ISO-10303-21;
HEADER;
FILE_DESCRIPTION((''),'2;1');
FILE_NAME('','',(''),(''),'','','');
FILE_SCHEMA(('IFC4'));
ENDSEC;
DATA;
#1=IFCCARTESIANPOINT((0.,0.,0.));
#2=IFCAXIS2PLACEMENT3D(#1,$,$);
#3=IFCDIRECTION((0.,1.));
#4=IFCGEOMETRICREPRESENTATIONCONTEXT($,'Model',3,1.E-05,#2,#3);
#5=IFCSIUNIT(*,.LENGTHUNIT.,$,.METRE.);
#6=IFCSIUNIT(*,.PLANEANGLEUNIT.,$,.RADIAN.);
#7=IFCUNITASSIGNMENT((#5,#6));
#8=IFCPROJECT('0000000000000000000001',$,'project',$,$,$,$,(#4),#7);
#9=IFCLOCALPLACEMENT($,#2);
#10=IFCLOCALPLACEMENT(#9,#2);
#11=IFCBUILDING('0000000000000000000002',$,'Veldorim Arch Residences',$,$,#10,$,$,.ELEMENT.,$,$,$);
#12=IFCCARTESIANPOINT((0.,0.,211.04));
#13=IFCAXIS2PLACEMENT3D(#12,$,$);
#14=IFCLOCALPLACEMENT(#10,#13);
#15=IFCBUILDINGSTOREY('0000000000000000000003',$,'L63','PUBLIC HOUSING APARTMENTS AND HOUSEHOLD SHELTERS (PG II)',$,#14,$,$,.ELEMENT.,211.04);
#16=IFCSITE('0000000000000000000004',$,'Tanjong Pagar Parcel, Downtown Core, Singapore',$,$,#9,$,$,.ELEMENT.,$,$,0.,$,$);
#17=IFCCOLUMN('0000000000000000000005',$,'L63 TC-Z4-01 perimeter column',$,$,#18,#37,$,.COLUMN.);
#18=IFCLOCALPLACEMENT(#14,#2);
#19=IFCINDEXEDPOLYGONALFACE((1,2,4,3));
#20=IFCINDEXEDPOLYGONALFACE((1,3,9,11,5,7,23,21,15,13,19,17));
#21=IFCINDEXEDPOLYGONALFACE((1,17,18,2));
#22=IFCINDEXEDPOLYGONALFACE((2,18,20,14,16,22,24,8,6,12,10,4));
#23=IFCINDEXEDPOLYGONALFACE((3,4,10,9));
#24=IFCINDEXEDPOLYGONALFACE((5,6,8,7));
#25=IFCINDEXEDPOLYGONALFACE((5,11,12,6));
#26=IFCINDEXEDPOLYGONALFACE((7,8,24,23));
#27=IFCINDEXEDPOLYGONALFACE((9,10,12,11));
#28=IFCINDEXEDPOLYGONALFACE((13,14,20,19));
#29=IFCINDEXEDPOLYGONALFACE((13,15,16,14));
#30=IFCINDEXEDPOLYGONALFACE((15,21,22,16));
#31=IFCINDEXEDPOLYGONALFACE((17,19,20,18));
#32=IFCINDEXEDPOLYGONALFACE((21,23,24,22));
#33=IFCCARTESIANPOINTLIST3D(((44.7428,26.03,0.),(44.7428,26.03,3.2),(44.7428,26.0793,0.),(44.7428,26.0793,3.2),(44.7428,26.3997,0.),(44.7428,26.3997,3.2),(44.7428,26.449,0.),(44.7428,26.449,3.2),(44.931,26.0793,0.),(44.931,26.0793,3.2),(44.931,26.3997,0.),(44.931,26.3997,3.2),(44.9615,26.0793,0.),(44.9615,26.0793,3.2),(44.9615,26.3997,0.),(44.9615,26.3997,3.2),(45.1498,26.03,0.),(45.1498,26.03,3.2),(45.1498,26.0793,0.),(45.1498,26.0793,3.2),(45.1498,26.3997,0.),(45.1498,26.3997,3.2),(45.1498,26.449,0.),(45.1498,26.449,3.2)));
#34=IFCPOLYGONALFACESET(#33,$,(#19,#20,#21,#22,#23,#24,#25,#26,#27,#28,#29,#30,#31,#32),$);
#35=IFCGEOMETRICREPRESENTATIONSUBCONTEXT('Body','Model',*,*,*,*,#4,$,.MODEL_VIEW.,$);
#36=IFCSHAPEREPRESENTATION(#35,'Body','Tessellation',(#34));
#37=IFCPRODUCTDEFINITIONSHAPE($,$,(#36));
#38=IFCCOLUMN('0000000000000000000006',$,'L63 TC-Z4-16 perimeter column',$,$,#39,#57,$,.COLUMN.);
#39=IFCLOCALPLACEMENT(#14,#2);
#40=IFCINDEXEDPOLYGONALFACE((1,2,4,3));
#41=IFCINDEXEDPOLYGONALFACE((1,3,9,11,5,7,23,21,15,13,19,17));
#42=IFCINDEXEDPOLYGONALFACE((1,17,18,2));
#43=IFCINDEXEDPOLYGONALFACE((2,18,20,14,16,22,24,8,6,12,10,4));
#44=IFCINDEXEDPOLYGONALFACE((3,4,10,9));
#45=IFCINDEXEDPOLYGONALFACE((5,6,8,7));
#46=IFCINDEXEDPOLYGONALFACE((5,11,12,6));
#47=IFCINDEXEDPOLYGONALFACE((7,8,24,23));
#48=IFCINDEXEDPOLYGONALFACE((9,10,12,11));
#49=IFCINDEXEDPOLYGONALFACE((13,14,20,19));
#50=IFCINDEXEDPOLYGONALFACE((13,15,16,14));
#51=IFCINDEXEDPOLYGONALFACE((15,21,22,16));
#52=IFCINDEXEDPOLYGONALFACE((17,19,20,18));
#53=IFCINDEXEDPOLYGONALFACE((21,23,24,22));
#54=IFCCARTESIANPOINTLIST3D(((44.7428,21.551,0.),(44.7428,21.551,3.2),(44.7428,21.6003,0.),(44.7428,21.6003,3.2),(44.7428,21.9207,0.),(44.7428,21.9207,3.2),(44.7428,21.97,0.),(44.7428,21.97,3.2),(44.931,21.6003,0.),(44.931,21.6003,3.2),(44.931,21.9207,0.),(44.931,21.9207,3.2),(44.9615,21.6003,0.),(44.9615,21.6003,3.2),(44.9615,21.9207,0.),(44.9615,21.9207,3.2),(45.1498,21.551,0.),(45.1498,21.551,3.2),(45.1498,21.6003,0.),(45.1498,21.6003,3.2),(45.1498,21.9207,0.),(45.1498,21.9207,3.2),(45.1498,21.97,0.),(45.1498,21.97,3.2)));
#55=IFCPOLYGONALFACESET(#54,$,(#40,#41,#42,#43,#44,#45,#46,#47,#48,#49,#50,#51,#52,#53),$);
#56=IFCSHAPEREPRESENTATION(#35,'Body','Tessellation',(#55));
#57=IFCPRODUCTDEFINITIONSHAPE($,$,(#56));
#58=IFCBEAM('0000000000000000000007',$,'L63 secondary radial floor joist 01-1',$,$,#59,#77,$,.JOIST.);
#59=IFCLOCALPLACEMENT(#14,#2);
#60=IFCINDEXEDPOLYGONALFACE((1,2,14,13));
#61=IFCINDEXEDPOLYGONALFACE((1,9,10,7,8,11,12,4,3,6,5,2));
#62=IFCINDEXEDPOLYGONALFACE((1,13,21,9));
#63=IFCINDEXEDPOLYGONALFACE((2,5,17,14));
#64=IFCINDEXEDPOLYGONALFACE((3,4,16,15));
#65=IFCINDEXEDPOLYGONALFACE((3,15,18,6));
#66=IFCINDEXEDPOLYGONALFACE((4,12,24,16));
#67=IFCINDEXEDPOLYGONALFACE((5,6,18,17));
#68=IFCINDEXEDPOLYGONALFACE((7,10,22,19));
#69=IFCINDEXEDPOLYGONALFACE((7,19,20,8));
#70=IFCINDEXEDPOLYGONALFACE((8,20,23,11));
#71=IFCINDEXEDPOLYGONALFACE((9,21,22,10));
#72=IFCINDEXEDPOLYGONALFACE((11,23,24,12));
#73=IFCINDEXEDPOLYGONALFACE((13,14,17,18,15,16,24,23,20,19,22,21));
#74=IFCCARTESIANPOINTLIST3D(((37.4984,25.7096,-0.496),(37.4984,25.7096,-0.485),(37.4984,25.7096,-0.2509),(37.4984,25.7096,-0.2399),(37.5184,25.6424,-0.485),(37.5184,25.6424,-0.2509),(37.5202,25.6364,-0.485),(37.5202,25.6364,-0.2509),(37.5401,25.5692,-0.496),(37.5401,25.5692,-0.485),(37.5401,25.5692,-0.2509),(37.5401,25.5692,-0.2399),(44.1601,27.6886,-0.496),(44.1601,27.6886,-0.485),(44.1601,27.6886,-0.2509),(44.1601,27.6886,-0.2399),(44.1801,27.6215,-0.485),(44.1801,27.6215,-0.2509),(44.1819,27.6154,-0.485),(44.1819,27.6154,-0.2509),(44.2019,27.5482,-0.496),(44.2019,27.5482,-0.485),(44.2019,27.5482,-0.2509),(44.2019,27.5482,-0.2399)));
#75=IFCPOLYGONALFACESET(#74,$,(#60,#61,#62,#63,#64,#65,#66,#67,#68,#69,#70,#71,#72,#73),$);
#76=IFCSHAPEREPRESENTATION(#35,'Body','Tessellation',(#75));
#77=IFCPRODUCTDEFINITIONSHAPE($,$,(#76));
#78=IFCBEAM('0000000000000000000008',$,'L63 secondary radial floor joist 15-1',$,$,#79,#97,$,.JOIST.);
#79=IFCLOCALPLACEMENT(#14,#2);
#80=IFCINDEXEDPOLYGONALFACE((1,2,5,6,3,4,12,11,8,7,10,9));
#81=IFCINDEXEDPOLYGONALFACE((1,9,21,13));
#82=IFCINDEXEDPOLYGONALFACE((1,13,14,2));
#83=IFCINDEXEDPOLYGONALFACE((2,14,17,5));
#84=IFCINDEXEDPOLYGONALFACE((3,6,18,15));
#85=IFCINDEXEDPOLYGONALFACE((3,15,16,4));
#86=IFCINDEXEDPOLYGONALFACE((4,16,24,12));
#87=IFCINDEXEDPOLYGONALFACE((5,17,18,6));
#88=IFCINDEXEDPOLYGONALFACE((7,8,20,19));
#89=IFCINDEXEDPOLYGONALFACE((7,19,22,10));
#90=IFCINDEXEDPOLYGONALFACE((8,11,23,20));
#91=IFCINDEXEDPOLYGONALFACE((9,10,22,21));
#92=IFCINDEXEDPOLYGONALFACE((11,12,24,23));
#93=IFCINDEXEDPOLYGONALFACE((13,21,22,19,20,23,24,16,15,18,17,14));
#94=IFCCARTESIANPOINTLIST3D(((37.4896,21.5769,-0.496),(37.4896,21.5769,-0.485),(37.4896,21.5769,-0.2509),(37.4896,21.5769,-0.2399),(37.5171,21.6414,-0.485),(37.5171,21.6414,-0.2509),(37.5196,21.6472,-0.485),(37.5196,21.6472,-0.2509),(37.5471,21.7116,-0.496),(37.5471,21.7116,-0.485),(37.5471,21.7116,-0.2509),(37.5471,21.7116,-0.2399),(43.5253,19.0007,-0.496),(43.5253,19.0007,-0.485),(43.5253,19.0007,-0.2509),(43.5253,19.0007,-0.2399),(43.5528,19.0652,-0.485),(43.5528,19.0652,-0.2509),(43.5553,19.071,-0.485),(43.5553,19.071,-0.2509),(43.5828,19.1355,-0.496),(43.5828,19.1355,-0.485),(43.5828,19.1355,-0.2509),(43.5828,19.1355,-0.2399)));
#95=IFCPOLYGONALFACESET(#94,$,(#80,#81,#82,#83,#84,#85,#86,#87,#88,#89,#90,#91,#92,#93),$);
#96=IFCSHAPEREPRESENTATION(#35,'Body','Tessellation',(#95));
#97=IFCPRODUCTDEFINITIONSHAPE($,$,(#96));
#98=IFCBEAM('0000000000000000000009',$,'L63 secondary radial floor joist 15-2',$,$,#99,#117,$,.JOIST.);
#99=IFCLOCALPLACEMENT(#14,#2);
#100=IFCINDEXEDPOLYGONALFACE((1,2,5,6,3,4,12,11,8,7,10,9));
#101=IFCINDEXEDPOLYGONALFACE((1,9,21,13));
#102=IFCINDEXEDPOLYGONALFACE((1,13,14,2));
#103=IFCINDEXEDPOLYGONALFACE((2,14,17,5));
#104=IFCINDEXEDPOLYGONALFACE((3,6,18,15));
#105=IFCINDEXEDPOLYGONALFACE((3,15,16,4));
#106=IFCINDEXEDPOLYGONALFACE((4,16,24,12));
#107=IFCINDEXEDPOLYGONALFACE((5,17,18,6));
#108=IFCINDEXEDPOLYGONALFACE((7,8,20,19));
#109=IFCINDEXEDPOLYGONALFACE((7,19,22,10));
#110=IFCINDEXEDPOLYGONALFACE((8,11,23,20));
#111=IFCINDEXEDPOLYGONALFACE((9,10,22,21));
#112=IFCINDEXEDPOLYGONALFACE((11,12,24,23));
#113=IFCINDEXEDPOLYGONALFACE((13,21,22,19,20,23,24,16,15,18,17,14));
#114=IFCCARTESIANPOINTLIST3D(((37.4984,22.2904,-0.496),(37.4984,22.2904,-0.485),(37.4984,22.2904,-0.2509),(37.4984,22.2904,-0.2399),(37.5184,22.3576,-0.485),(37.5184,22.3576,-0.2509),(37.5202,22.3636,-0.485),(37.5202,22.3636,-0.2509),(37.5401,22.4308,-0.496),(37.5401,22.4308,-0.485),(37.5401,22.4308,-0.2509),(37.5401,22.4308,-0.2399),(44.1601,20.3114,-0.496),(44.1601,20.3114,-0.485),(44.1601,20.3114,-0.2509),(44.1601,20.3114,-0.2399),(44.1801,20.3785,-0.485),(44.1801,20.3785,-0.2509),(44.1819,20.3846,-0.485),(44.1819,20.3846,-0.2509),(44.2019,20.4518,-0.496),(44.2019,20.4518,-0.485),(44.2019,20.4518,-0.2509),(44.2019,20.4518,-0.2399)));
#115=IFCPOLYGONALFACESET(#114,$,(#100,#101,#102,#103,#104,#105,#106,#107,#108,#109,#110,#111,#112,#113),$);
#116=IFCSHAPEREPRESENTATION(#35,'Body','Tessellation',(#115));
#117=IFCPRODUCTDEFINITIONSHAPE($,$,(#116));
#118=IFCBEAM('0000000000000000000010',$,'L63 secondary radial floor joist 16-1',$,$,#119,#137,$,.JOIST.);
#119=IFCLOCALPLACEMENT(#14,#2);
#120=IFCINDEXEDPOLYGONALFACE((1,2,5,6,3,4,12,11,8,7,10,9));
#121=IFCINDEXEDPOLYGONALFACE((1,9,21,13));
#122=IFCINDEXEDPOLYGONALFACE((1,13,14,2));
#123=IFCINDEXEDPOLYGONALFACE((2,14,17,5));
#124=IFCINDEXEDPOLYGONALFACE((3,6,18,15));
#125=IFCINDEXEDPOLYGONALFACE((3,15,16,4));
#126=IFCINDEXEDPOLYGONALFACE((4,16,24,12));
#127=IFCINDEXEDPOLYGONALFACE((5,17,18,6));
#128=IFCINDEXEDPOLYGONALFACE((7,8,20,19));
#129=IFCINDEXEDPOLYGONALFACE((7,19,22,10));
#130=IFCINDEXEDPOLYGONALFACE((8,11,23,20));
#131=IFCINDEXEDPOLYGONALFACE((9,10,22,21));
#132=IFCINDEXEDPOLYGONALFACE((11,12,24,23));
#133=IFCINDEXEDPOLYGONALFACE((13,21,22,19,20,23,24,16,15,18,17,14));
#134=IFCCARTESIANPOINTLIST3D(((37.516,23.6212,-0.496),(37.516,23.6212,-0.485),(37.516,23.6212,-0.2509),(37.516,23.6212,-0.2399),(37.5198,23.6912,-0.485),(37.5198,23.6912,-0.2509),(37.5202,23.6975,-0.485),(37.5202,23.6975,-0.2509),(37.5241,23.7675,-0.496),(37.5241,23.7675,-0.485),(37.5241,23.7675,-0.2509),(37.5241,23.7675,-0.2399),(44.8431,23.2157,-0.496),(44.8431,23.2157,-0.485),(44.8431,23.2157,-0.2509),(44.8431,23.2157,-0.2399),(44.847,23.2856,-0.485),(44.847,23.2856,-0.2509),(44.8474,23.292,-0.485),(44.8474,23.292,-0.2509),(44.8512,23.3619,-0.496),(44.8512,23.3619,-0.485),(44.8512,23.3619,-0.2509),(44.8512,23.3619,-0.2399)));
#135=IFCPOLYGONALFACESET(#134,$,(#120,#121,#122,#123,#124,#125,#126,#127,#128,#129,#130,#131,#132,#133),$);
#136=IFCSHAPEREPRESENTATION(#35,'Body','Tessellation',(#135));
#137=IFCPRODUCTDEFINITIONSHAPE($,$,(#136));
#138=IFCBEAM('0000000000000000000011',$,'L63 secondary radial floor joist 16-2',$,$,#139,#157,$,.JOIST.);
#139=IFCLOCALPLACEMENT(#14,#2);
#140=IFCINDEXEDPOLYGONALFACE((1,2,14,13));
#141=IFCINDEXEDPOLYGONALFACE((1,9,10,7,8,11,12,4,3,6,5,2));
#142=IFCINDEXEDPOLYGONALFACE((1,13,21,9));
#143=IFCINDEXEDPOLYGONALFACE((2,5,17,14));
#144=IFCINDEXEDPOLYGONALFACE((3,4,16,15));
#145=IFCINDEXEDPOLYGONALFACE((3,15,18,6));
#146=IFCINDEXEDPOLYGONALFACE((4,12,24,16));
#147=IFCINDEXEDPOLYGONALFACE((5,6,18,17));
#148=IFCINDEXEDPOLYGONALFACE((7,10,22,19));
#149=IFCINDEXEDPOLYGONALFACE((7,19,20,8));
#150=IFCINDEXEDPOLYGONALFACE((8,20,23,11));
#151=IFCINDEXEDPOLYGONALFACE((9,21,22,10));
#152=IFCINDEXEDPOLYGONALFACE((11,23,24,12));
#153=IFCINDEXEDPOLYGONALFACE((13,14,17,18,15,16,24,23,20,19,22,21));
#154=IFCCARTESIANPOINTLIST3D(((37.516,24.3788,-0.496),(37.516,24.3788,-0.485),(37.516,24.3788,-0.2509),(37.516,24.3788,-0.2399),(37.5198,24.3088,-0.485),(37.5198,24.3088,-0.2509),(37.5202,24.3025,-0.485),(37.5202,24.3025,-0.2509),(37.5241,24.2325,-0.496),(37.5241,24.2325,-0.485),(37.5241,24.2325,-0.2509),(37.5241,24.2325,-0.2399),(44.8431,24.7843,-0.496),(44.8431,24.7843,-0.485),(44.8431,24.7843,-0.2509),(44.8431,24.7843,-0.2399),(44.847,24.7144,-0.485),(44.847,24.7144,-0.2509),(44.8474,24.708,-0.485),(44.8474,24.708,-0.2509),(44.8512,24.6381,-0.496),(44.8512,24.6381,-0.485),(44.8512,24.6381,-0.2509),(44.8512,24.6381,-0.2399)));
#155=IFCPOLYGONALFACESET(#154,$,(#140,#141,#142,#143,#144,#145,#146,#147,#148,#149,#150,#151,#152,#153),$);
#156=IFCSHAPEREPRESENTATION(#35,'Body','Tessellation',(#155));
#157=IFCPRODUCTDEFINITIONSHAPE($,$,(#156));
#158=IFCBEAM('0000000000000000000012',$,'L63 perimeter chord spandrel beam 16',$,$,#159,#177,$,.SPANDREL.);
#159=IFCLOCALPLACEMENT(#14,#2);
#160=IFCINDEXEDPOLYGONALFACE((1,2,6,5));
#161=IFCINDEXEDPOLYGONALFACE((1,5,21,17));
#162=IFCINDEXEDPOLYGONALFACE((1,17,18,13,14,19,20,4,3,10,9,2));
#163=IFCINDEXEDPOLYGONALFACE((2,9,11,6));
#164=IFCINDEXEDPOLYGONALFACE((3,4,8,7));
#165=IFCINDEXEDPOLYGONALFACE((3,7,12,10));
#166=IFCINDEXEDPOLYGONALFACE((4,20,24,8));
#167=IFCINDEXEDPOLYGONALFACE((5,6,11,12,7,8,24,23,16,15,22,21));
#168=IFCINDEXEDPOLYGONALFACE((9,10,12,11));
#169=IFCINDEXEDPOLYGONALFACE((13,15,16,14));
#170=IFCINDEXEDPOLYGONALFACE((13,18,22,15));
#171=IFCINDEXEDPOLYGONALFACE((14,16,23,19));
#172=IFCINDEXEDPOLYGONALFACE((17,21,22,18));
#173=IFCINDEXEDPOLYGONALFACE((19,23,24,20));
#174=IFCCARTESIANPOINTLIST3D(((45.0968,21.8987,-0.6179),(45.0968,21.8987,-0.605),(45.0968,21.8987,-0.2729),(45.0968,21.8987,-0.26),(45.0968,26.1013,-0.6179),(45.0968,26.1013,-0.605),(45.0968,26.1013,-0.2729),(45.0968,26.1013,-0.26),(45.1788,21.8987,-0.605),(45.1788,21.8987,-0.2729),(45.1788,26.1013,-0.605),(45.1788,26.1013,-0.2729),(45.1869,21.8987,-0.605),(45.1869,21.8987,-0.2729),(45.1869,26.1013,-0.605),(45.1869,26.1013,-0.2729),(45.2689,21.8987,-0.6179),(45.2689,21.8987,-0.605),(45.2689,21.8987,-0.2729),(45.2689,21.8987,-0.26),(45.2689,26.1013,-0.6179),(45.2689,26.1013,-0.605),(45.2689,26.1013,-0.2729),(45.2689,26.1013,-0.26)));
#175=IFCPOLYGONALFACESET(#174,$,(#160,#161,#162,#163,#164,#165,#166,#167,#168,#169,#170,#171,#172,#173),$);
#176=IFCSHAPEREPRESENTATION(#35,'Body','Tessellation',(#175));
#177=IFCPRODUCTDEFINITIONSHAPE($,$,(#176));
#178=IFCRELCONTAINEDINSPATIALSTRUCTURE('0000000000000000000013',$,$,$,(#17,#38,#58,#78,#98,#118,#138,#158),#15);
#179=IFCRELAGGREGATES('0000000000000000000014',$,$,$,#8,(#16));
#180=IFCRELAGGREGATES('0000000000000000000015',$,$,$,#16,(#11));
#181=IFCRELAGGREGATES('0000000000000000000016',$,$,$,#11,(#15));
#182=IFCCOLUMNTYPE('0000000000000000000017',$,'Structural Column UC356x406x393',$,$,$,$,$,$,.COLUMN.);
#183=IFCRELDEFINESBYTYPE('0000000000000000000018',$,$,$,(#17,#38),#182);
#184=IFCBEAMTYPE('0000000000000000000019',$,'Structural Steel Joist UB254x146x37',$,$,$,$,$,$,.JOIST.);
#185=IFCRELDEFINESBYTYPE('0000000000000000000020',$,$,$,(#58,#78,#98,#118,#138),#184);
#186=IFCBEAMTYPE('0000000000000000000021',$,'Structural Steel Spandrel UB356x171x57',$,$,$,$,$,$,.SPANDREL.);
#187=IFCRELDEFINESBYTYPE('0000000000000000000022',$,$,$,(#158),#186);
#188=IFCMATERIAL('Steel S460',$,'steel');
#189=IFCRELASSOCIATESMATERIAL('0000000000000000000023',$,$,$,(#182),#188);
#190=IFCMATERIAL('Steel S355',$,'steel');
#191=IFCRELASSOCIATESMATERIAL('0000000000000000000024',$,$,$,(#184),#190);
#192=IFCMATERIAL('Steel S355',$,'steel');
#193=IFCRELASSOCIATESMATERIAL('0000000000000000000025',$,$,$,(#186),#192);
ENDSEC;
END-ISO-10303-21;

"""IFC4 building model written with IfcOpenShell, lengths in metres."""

from ifc_helpers import new_model, si_unit, direction, frame, origin, origin_2d, place, context, subcontext, project, spatial, i_section, extrude, material, material_profile, profile_set, type_object, element, save


model = new_model("IFC4")

# Units and contexts
model_context = context("Model", 3, precision=1e-05, world=origin(), true_north=direction((0.0, 1.0)))
body_context = subcontext(model_context, "Body", "Model", "MODEL_VIEW")
ifc_project = project(units=[si_unit("LENGTHUNIT", "METRE"), si_unit("PLANEANGLEUNIT", "RADIAN")], contexts=[model_context])

# Site, building, storey
site_placement = place(None, origin())
site = spatial("IfcSite", under=ifc_project, at=site_placement, Name="Tanjong Pagar Parcel, Downtown Core, Singapore", CompositionType="ELEMENT", RefElevation=0.0)
building_placement = place(site_placement, origin())
building = spatial("IfcBuilding", under=site, at=building_placement, Name="Veldorim Arch Residences", CompositionType="ELEMENT")
storey_placement = place(building_placement, frame((0.0, 0.0, 211.04)))
storey = spatial("IfcBuildingStorey", under=building, at=storey_placement, Name="L63", Description="PUBLIC HOUSING APARTMENTS AND HOUSEHOLD SHELTERS (PG II)", CompositionType="ELEMENT", Elevation=211.04)

# Columns
ifc_material_1 = material(Name="Steel S460", Category="steel")
ifc_material_profile_1 = material_profile(ifc_material_1, i_section(OverallWidth=0.407, OverallDepth=0.4189, WebThickness=0.0305, FlangeThickness=0.0493, at=origin_2d()), Name="UC356x406x393")
ifc_profile_set_1 = profile_set([ifc_material_profile_1], Name="Steel S460")
column_type = type_object("IfcColumnType", Name="Structural Column UC356x406x393", PredefinedType="COLUMN", material=ifc_profile_set_1)
for number, where, z_axis, x_axis, name in (
    (1, (44.9463, 26.2395, 0.0), (0.0, 0.0, 1.0), (1.0, 0.0, 0.0), "L63 TC-Z4-01 perimeter column"),
    (2, (44.9463, 21.7605, 0.0), (0.0, 0.0, 1.0), (1.0, 0.0, 0.0), "L63 TC-Z4-16 perimeter column"),
):
    element("IfcColumn", number, at=place(storey_placement, frame(where, z_axis=z_axis, x_axis=x_axis)), inside=storey, type_object=column_type, Name=name, PredefinedType="COLUMN", context=body_context, shape_type="SweptSolid", body=[
        extrude(i_section(OverallWidth=0.407, OverallDepth=0.4189, WebThickness=0.0305, FlangeThickness=0.0493, at=origin_2d()), origin(), (0.0, 0.0, 1.0), 3.2),
    ])

# Beams
ifc_material_2 = material(Name="Steel S355", Category="steel")
ifc_material_profile_2 = material_profile(ifc_material_2, i_section(OverallWidth=0.1465, OverallDepth=0.2561, WebThickness=0.0063, FlangeThickness=0.011, at=origin_2d()), Name="UB254x146x37")
ifc_profile_set_2 = profile_set([ifc_material_profile_2], Name="Steel S355")
beam_type_1 = type_object("IfcBeamType", Name="Structural Steel Joist UB254x146x37", PredefinedType="JOIST", material=ifc_profile_set_2)
beam_1_placement = place(storey_placement, frame((37.5193, 25.6394, -0.3679), z_axis=(0.958594, 0.284775, 0.0), x_axis=(-0.284775, 0.958594, 0.0)))
element("IfcBeam", 3, at=beam_1_placement, inside=storey, type_object=beam_type_1, Name="L63 secondary radial floor joist 01-1", PredefinedType="JOIST", context=body_context, shape_type="SweptSolid", body=[
    extrude(i_section(OverallWidth=0.1465, OverallDepth=0.2561, WebThickness=0.0063, FlangeThickness=0.011, at=origin_2d()), origin(), (0.0, 0.0, 1.0), 6.9495),
])
beam_2_placement = place(storey_placement, frame((37.5183, 21.6443, -0.3679), z_axis=(0.919725, -0.392563, 0.0), x_axis=(0.392563, 0.919725, 0.0)))
element("IfcBeam", 4, at=beam_2_placement, inside=storey, type_object=beam_type_1, Name="L63 secondary radial floor joist 15-1", PredefinedType="JOIST", context=body_context, shape_type="SweptSolid", body=[
    extrude(i_section(OverallWidth=0.1465, OverallDepth=0.2561, WebThickness=0.0063, FlangeThickness=0.011, at=origin_2d()), origin(), (0.0, 0.0, 1.0), 6.5625),
])
beam_3_placement = place(storey_placement, frame((37.5193, 22.3606, -0.3679), z_axis=(0.958594, -0.284775, 0.0), x_axis=(0.284775, 0.958594, 0.0)))
element("IfcBeam", 5, at=beam_3_placement, inside=storey, type_object=beam_type_1, Name="L63 secondary radial floor joist 15-2", PredefinedType="JOIST", context=body_context, shape_type="SweptSolid", body=[
    extrude(i_section(OverallWidth=0.1465, OverallDepth=0.2561, WebThickness=0.0063, FlangeThickness=0.011, at=origin_2d()), origin(), (0.0, 0.0, 1.0), 6.9495),
])
for number, where, z_axis, x_axis, name in (
    (6, (37.52, 23.6943, -0.3679), (0.998472, -0.05526, 0.0), (0.05526, 0.998472, 0.0), "L63 secondary radial floor joist 16-1"),
    (7, (37.52, 24.3057, -0.3679), (0.998472, 0.05526, 0.0), (-0.05526, 0.998472, 0.0), "L63 secondary radial floor joist 16-2"),
):
    element("IfcBeam", number, at=place(storey_placement, frame(where, z_axis=z_axis, x_axis=x_axis)), inside=storey, type_object=beam_type_1, Name=name, PredefinedType="JOIST", context=body_context, shape_type="SweptSolid", body=[
        extrude(i_section(OverallWidth=0.1465, OverallDepth=0.2561, WebThickness=0.0063, FlangeThickness=0.011, at=origin_2d()), origin(), (0.0, 0.0, 1.0), 7.3384),
    ])
ifc_material_3 = material(Name="Steel S355", Category="steel")
ifc_material_profile_3 = material_profile(ifc_material_3, i_section(OverallWidth=0.1721, OverallDepth=0.3579, WebThickness=0.0081, FlangeThickness=0.0129, at=origin_2d()), Name="UB356x171x57")
ifc_profile_set_3 = profile_set([ifc_material_profile_3], Name="Steel S355")
beam_type_2 = type_object("IfcBeamType", Name="Structural Steel Spandrel UB356x171x57", PredefinedType="SPANDREL", material=ifc_profile_set_3)
beam_4_placement = place(storey_placement, frame((45.1829, 21.8987, -0.439), z_axis=(0.0, 1.0, 0.0), x_axis=(-1.0, 0.0, 0.0)))
element("IfcBeam", 8, at=beam_4_placement, inside=storey, type_object=beam_type_2, Name="L63 perimeter chord spandrel beam 16", PredefinedType="SPANDREL", context=body_context, shape_type="SweptSolid", body=[
    extrude(i_section(OverallWidth=0.1721, OverallDepth=0.3579, WebThickness=0.0081, FlangeThickness=0.0129, at=origin_2d()), origin(), (0.0, 0.0, 1.0), 4.2026),
])

save(model, "model.ifc")
